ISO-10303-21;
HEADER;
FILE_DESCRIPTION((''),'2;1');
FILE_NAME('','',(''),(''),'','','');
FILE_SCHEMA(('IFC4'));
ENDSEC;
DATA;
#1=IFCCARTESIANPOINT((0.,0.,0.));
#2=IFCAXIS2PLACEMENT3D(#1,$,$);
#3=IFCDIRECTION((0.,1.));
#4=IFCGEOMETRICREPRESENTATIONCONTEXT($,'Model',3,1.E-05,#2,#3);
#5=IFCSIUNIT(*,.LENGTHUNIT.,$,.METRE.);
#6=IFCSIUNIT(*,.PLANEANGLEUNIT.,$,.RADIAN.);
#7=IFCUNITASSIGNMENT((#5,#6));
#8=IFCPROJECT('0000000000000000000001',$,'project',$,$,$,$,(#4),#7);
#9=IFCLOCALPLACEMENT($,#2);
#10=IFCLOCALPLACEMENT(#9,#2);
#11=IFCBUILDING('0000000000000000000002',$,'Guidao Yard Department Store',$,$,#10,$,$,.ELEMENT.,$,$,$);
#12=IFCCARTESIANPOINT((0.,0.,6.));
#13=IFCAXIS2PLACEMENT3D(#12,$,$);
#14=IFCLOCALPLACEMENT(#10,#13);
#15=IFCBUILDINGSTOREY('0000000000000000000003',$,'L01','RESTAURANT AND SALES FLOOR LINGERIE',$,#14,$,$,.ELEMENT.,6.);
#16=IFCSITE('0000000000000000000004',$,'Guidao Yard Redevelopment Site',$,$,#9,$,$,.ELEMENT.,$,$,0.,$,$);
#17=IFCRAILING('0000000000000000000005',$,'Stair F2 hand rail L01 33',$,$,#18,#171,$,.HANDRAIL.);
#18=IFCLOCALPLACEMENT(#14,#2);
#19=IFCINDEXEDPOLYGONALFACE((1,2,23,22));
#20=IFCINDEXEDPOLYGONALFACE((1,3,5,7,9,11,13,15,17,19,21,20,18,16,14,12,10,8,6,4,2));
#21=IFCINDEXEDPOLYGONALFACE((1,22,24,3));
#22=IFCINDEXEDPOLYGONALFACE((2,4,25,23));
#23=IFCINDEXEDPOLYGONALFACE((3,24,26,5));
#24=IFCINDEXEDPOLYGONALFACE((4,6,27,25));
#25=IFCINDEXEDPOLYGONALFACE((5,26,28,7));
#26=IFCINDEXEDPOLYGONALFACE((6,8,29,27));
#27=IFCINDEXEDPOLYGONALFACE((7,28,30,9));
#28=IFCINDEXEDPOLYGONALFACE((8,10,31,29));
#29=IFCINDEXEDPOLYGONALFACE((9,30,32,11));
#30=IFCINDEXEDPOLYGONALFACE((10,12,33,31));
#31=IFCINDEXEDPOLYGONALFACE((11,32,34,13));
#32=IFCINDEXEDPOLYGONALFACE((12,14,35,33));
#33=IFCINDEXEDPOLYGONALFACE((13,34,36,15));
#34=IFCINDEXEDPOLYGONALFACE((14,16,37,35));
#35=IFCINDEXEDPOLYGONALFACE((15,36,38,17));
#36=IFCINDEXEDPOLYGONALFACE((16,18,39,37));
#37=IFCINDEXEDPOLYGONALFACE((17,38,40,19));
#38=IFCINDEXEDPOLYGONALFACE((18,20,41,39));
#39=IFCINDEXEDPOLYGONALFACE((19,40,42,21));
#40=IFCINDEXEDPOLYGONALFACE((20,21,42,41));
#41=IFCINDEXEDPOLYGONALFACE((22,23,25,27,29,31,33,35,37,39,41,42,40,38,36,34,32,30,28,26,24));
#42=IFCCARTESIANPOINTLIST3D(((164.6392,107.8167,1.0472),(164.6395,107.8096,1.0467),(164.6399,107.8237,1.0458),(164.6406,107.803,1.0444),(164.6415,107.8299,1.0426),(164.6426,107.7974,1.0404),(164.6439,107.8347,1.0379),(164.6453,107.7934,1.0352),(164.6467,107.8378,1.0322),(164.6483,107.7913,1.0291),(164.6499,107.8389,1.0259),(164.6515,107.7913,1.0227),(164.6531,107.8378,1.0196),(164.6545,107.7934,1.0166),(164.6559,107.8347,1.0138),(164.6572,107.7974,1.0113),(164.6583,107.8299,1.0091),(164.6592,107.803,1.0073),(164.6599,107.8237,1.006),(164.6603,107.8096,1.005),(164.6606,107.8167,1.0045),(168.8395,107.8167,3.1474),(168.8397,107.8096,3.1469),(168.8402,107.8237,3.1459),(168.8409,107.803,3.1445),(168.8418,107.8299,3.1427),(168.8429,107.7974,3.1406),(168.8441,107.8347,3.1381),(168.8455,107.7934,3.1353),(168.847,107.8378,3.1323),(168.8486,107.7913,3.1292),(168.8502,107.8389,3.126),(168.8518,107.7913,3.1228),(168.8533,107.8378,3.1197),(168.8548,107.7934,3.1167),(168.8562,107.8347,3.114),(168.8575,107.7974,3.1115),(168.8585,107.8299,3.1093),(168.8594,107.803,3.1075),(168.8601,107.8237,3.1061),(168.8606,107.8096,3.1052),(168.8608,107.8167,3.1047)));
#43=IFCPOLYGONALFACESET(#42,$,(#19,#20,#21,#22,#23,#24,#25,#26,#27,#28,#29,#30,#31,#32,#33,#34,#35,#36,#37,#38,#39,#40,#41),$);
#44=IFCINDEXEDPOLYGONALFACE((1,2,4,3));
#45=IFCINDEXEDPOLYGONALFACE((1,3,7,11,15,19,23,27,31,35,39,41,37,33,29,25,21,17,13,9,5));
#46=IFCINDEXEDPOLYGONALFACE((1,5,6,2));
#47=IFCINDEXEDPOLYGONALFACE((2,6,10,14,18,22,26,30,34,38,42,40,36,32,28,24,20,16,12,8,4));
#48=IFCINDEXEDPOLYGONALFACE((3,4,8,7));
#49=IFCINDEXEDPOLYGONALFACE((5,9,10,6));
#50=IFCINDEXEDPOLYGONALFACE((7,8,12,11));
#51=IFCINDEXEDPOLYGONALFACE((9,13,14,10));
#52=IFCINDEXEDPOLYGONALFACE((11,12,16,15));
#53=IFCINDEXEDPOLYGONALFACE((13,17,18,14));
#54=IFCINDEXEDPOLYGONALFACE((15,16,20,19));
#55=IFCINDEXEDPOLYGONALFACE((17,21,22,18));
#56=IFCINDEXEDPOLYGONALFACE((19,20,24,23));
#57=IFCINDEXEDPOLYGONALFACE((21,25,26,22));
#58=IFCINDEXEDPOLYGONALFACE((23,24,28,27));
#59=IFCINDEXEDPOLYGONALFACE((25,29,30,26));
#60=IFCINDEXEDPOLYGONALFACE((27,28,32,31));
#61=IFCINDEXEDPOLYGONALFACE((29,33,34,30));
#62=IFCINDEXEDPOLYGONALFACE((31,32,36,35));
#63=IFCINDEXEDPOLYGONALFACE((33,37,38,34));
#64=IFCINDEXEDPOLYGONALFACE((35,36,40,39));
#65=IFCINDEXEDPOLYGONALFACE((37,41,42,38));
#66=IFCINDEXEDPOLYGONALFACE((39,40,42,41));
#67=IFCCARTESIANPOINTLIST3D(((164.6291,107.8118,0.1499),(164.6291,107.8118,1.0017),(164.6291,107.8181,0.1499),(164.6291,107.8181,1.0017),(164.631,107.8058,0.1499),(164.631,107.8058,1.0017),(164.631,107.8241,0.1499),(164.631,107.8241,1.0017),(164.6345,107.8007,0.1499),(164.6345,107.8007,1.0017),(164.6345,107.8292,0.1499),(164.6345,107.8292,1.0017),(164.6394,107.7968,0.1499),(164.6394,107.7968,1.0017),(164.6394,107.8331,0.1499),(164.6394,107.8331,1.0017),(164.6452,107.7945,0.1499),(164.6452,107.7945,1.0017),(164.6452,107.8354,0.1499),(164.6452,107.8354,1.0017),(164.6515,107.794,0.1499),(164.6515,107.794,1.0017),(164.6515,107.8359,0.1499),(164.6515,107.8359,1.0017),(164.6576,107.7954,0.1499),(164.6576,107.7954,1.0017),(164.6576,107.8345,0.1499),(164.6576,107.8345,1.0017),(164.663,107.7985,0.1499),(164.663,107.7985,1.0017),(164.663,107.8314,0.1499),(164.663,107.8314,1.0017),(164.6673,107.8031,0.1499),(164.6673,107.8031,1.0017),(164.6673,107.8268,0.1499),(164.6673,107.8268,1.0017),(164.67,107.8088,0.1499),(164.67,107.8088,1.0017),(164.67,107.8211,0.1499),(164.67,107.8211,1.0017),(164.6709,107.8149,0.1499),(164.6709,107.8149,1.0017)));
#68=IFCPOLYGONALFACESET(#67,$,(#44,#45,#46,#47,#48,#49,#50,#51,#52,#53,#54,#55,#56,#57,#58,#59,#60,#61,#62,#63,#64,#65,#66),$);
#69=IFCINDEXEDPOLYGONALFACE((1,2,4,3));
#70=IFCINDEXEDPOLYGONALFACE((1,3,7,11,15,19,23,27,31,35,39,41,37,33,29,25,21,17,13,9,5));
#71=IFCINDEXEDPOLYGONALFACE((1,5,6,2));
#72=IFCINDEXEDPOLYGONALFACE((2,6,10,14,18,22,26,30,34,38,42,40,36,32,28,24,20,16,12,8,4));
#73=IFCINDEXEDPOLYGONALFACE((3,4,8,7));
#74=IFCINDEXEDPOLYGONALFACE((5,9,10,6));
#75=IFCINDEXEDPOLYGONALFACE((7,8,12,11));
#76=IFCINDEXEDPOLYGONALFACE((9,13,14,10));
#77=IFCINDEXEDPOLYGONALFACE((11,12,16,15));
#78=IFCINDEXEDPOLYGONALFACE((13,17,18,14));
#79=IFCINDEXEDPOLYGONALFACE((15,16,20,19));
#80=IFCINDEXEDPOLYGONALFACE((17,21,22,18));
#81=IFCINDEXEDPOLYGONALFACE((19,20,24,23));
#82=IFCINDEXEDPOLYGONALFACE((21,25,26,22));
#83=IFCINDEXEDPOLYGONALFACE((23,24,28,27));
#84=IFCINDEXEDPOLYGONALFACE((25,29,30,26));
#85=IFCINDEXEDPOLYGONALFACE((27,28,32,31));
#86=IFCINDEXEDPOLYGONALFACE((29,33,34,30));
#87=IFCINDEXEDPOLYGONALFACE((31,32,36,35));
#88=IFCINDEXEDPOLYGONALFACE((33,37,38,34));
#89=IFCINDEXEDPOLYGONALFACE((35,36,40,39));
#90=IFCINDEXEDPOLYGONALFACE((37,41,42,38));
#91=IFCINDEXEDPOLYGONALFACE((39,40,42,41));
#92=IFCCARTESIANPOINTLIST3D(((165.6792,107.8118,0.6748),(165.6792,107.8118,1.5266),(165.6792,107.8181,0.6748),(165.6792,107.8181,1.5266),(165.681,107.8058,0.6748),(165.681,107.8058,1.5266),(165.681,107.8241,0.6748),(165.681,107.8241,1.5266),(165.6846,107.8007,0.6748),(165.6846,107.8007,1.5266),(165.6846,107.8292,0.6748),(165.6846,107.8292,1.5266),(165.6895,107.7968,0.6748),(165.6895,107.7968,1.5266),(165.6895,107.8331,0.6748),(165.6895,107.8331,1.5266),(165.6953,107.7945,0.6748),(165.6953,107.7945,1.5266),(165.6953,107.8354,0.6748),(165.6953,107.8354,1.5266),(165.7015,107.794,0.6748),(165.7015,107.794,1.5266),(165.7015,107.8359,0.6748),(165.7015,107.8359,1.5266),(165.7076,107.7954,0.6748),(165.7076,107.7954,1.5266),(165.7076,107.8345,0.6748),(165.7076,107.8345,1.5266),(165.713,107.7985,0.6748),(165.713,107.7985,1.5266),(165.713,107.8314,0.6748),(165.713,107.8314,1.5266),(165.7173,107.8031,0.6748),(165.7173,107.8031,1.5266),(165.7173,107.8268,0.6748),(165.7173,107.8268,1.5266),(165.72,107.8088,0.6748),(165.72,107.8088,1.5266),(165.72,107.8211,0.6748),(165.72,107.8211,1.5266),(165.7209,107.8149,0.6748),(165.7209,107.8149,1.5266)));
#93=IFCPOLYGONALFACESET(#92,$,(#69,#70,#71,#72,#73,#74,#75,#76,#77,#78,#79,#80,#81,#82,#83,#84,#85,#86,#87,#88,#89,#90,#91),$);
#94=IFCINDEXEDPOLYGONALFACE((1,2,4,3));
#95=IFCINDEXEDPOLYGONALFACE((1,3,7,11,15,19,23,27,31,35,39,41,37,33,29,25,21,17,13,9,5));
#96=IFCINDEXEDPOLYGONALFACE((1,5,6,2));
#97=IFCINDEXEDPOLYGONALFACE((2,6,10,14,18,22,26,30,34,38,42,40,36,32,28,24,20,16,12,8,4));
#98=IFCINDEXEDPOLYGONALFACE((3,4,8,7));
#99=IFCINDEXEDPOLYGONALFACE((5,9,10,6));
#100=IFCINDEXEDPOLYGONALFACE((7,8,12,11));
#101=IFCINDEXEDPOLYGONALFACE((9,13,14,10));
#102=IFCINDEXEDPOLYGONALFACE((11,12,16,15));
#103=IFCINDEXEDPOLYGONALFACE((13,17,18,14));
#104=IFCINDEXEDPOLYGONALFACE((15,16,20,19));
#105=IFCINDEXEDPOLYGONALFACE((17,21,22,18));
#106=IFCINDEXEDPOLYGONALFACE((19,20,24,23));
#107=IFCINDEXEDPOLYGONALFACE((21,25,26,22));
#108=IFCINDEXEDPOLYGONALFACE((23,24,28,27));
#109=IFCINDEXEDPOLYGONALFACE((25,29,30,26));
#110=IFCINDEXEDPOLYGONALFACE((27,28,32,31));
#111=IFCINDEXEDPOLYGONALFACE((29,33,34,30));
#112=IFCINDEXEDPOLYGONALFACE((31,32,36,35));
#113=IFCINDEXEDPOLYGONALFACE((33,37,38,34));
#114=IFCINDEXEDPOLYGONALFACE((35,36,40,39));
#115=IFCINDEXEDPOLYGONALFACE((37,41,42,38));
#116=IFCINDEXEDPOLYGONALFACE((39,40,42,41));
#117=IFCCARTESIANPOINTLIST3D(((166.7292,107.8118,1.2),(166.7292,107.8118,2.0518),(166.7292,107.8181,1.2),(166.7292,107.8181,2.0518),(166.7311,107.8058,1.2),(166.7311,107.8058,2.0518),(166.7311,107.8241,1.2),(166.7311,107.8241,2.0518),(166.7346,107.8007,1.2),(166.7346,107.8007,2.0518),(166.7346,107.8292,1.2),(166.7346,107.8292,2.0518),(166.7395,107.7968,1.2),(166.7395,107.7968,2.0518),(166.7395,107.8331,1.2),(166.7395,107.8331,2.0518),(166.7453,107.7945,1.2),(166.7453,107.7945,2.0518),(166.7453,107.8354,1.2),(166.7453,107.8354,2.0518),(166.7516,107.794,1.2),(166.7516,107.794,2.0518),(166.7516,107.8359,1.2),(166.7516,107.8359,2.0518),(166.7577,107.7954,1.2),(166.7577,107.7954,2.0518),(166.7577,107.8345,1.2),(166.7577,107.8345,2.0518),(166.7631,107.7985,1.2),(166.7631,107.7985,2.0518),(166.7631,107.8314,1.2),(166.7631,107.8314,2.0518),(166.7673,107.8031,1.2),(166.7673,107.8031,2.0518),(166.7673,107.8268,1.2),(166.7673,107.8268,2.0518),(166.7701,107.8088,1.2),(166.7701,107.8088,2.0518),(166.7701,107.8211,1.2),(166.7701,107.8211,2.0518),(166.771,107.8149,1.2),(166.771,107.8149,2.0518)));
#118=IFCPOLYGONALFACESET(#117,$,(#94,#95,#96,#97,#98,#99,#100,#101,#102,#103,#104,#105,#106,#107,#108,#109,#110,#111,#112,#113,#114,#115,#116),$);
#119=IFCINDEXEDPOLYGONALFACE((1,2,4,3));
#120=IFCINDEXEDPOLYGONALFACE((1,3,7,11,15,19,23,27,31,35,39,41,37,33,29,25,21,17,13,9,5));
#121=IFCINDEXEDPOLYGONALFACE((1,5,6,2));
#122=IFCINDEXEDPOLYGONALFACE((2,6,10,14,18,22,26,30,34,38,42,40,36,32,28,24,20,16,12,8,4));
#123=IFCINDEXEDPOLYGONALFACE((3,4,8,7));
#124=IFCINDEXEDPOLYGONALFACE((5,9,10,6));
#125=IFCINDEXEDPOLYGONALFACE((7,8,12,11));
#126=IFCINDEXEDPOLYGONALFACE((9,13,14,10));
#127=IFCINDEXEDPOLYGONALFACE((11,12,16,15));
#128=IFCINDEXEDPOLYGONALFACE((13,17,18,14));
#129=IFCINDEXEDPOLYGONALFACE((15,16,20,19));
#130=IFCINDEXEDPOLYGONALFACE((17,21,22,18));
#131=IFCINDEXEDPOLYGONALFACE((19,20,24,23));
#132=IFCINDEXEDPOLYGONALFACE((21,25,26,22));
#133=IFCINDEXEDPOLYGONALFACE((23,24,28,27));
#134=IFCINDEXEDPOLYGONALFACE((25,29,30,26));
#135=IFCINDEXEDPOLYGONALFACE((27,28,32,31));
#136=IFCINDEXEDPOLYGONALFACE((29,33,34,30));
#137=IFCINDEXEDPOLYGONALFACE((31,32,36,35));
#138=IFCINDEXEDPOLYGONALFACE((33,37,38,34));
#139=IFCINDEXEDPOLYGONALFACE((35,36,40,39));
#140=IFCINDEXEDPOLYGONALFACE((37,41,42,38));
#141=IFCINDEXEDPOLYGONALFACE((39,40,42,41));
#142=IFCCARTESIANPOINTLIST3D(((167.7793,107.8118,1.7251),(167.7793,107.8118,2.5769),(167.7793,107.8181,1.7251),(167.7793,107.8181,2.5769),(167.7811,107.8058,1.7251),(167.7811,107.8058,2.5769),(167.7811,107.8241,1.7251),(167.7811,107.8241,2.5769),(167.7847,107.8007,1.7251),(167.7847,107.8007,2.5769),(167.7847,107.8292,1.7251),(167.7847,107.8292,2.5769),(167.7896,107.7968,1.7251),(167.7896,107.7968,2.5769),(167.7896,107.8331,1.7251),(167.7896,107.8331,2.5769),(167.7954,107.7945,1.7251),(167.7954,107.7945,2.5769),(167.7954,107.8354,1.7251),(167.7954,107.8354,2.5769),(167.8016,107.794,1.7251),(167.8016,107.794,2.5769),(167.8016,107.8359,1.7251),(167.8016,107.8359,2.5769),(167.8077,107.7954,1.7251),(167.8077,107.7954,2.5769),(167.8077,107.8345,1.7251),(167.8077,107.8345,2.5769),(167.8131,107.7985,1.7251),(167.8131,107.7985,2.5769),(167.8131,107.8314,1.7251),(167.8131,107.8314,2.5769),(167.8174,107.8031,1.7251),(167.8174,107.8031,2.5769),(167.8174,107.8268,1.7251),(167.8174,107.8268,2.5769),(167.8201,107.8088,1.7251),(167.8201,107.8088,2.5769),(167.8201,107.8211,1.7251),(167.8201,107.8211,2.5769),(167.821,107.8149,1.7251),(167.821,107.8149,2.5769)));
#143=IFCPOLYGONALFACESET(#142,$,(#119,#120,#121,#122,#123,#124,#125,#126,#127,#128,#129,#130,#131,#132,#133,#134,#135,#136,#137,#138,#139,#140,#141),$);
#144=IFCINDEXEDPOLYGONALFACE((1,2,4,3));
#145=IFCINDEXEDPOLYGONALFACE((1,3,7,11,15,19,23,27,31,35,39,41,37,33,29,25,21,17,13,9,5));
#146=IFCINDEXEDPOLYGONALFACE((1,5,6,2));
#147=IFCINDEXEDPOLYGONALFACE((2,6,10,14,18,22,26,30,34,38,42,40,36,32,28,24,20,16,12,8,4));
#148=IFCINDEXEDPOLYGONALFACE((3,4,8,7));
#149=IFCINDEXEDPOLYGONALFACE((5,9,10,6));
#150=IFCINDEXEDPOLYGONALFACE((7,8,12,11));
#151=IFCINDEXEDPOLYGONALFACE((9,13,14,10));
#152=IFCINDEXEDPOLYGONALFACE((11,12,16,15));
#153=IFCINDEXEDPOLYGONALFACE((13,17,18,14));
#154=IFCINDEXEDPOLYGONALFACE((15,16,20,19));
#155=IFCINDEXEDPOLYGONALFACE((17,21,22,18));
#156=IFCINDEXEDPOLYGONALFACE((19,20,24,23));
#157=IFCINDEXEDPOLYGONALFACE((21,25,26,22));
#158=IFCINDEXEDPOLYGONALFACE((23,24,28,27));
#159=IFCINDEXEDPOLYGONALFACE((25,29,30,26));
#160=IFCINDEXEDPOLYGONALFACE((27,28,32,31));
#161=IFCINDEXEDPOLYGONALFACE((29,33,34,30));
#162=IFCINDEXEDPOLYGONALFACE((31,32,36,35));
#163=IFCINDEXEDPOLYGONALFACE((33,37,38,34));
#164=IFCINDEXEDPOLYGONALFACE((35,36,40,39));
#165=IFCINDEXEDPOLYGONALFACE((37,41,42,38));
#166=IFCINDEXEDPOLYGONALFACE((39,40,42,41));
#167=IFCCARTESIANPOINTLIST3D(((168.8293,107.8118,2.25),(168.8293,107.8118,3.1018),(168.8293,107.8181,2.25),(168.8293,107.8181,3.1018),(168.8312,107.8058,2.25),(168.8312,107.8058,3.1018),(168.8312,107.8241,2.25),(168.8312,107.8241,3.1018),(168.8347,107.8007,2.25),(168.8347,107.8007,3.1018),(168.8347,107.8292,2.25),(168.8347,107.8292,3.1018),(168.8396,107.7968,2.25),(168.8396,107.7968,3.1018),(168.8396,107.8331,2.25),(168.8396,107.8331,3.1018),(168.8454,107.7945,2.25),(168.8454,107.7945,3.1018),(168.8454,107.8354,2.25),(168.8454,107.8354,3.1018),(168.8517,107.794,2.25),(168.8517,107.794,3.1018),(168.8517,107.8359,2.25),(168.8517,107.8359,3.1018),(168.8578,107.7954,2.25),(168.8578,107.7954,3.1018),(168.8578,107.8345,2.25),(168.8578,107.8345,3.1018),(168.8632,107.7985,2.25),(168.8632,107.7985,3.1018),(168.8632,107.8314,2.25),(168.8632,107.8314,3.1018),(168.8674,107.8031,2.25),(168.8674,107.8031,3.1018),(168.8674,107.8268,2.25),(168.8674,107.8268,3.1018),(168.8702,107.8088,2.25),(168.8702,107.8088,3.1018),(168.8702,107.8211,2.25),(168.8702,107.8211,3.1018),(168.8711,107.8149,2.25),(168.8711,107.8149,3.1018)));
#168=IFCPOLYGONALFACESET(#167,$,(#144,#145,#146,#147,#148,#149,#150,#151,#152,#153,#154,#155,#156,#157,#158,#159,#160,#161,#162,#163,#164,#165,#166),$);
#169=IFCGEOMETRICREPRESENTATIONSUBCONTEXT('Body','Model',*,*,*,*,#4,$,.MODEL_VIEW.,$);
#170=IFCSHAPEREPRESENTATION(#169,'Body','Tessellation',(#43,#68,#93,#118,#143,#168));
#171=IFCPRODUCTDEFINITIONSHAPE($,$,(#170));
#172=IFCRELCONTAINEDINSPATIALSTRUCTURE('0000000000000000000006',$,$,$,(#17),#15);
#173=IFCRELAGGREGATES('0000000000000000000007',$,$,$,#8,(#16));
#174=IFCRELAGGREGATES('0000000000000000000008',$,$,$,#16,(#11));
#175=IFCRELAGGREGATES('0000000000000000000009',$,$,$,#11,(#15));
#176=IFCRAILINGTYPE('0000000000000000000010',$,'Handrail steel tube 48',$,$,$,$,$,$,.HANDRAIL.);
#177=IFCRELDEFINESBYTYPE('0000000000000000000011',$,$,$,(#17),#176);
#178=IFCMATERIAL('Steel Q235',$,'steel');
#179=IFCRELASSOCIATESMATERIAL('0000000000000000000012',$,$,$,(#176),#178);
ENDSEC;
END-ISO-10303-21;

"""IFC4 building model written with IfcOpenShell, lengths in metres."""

from ifc_helpers import new_model, si_unit, direction, frame, origin, origin_2d, place, context, subcontext, project, spatial, circle, extrude, material, type_object, element, save


model = new_model("IFC4")

# Units and contexts
model_context = context("Model", 3, precision=1e-05, world=origin(), true_north=direction((0.0, 1.0)))
body_context = subcontext(model_context, "Body", "Model", "MODEL_VIEW")
ifc_project = project(units=[si_unit("LENGTHUNIT", "METRE"), si_unit("PLANEANGLEUNIT", "RADIAN")], contexts=[model_context])

# Site, building, storey
site_placement = place(None, origin())
site = spatial("IfcSite", under=ifc_project, at=site_placement, Name="Guidao Yard Redevelopment Site", CompositionType="ELEMENT", RefElevation=0.0)
building_placement = place(site_placement, origin())
building = spatial("IfcBuilding", under=site, at=building_placement, Name="Guidao Yard Department Store", CompositionType="ELEMENT")
storey_placement = place(building_placement, frame((0.0, 0.0, 6.0)))
storey = spatial("IfcBuildingStorey", under=building, at=storey_placement, Name="L01", Description="RESTAURANT AND SALES FLOOR LINGERIE", CompositionType="ELEMENT", Elevation=6.0)

# Railing
ifc_material_1 = material(Name="Steel Q235", Category="steel")
railing_type_1 = type_object("IfcRailingType", Name="Handrail steel tube 48", PredefinedType="HANDRAIL", material=ifc_material_1)
for number, where, name in (
    (1, (164.6499, 107.8149, 0.1499), "Stair F2 hand rail L01 33"),
):
    element("IfcRailing", number, at=place(storey_placement, frame(where)), inside=storey, type_object=railing_type_1, Name=name, PredefinedType="HANDRAIL", context=body_context, shape_type="SweptSolid", body=[
        extrude(circle(Radius=0.0239, at=origin_2d()), frame((0.0, 0.0, 0.876), z_axis=(0.894427, 0.0, 0.447214), x_axis=(0.0, 1.0, 0.0)), (0.0, 0.0, 1.0), 4.696),
        extrude(circle(Radius=0.021, at=origin_2d()), origin(), (0.0, 0.0, 1.0), 0.8518),
        extrude(circle(Radius=0.021, at=origin_2d()), frame((1.05, 0.0, 0.5249)), (0.0, 0.0, 1.0), 0.8518),
        extrude(circle(Radius=0.021, at=origin_2d()), frame((2.1001, 0.0, 1.05)), (0.0, 0.0, 1.0), 0.8518),
        extrude(circle(Radius=0.021, at=origin_2d()), frame((3.1501, 0.0, 1.5752)), (0.0, 0.0, 1.0), 0.8518),
        extrude(circle(Radius=0.021, at=origin_2d()), frame((4.2002, 0.0, 2.1001)), (0.0, 0.0, 1.0), 0.8518),
    ])

save(model, "model.ifc")
